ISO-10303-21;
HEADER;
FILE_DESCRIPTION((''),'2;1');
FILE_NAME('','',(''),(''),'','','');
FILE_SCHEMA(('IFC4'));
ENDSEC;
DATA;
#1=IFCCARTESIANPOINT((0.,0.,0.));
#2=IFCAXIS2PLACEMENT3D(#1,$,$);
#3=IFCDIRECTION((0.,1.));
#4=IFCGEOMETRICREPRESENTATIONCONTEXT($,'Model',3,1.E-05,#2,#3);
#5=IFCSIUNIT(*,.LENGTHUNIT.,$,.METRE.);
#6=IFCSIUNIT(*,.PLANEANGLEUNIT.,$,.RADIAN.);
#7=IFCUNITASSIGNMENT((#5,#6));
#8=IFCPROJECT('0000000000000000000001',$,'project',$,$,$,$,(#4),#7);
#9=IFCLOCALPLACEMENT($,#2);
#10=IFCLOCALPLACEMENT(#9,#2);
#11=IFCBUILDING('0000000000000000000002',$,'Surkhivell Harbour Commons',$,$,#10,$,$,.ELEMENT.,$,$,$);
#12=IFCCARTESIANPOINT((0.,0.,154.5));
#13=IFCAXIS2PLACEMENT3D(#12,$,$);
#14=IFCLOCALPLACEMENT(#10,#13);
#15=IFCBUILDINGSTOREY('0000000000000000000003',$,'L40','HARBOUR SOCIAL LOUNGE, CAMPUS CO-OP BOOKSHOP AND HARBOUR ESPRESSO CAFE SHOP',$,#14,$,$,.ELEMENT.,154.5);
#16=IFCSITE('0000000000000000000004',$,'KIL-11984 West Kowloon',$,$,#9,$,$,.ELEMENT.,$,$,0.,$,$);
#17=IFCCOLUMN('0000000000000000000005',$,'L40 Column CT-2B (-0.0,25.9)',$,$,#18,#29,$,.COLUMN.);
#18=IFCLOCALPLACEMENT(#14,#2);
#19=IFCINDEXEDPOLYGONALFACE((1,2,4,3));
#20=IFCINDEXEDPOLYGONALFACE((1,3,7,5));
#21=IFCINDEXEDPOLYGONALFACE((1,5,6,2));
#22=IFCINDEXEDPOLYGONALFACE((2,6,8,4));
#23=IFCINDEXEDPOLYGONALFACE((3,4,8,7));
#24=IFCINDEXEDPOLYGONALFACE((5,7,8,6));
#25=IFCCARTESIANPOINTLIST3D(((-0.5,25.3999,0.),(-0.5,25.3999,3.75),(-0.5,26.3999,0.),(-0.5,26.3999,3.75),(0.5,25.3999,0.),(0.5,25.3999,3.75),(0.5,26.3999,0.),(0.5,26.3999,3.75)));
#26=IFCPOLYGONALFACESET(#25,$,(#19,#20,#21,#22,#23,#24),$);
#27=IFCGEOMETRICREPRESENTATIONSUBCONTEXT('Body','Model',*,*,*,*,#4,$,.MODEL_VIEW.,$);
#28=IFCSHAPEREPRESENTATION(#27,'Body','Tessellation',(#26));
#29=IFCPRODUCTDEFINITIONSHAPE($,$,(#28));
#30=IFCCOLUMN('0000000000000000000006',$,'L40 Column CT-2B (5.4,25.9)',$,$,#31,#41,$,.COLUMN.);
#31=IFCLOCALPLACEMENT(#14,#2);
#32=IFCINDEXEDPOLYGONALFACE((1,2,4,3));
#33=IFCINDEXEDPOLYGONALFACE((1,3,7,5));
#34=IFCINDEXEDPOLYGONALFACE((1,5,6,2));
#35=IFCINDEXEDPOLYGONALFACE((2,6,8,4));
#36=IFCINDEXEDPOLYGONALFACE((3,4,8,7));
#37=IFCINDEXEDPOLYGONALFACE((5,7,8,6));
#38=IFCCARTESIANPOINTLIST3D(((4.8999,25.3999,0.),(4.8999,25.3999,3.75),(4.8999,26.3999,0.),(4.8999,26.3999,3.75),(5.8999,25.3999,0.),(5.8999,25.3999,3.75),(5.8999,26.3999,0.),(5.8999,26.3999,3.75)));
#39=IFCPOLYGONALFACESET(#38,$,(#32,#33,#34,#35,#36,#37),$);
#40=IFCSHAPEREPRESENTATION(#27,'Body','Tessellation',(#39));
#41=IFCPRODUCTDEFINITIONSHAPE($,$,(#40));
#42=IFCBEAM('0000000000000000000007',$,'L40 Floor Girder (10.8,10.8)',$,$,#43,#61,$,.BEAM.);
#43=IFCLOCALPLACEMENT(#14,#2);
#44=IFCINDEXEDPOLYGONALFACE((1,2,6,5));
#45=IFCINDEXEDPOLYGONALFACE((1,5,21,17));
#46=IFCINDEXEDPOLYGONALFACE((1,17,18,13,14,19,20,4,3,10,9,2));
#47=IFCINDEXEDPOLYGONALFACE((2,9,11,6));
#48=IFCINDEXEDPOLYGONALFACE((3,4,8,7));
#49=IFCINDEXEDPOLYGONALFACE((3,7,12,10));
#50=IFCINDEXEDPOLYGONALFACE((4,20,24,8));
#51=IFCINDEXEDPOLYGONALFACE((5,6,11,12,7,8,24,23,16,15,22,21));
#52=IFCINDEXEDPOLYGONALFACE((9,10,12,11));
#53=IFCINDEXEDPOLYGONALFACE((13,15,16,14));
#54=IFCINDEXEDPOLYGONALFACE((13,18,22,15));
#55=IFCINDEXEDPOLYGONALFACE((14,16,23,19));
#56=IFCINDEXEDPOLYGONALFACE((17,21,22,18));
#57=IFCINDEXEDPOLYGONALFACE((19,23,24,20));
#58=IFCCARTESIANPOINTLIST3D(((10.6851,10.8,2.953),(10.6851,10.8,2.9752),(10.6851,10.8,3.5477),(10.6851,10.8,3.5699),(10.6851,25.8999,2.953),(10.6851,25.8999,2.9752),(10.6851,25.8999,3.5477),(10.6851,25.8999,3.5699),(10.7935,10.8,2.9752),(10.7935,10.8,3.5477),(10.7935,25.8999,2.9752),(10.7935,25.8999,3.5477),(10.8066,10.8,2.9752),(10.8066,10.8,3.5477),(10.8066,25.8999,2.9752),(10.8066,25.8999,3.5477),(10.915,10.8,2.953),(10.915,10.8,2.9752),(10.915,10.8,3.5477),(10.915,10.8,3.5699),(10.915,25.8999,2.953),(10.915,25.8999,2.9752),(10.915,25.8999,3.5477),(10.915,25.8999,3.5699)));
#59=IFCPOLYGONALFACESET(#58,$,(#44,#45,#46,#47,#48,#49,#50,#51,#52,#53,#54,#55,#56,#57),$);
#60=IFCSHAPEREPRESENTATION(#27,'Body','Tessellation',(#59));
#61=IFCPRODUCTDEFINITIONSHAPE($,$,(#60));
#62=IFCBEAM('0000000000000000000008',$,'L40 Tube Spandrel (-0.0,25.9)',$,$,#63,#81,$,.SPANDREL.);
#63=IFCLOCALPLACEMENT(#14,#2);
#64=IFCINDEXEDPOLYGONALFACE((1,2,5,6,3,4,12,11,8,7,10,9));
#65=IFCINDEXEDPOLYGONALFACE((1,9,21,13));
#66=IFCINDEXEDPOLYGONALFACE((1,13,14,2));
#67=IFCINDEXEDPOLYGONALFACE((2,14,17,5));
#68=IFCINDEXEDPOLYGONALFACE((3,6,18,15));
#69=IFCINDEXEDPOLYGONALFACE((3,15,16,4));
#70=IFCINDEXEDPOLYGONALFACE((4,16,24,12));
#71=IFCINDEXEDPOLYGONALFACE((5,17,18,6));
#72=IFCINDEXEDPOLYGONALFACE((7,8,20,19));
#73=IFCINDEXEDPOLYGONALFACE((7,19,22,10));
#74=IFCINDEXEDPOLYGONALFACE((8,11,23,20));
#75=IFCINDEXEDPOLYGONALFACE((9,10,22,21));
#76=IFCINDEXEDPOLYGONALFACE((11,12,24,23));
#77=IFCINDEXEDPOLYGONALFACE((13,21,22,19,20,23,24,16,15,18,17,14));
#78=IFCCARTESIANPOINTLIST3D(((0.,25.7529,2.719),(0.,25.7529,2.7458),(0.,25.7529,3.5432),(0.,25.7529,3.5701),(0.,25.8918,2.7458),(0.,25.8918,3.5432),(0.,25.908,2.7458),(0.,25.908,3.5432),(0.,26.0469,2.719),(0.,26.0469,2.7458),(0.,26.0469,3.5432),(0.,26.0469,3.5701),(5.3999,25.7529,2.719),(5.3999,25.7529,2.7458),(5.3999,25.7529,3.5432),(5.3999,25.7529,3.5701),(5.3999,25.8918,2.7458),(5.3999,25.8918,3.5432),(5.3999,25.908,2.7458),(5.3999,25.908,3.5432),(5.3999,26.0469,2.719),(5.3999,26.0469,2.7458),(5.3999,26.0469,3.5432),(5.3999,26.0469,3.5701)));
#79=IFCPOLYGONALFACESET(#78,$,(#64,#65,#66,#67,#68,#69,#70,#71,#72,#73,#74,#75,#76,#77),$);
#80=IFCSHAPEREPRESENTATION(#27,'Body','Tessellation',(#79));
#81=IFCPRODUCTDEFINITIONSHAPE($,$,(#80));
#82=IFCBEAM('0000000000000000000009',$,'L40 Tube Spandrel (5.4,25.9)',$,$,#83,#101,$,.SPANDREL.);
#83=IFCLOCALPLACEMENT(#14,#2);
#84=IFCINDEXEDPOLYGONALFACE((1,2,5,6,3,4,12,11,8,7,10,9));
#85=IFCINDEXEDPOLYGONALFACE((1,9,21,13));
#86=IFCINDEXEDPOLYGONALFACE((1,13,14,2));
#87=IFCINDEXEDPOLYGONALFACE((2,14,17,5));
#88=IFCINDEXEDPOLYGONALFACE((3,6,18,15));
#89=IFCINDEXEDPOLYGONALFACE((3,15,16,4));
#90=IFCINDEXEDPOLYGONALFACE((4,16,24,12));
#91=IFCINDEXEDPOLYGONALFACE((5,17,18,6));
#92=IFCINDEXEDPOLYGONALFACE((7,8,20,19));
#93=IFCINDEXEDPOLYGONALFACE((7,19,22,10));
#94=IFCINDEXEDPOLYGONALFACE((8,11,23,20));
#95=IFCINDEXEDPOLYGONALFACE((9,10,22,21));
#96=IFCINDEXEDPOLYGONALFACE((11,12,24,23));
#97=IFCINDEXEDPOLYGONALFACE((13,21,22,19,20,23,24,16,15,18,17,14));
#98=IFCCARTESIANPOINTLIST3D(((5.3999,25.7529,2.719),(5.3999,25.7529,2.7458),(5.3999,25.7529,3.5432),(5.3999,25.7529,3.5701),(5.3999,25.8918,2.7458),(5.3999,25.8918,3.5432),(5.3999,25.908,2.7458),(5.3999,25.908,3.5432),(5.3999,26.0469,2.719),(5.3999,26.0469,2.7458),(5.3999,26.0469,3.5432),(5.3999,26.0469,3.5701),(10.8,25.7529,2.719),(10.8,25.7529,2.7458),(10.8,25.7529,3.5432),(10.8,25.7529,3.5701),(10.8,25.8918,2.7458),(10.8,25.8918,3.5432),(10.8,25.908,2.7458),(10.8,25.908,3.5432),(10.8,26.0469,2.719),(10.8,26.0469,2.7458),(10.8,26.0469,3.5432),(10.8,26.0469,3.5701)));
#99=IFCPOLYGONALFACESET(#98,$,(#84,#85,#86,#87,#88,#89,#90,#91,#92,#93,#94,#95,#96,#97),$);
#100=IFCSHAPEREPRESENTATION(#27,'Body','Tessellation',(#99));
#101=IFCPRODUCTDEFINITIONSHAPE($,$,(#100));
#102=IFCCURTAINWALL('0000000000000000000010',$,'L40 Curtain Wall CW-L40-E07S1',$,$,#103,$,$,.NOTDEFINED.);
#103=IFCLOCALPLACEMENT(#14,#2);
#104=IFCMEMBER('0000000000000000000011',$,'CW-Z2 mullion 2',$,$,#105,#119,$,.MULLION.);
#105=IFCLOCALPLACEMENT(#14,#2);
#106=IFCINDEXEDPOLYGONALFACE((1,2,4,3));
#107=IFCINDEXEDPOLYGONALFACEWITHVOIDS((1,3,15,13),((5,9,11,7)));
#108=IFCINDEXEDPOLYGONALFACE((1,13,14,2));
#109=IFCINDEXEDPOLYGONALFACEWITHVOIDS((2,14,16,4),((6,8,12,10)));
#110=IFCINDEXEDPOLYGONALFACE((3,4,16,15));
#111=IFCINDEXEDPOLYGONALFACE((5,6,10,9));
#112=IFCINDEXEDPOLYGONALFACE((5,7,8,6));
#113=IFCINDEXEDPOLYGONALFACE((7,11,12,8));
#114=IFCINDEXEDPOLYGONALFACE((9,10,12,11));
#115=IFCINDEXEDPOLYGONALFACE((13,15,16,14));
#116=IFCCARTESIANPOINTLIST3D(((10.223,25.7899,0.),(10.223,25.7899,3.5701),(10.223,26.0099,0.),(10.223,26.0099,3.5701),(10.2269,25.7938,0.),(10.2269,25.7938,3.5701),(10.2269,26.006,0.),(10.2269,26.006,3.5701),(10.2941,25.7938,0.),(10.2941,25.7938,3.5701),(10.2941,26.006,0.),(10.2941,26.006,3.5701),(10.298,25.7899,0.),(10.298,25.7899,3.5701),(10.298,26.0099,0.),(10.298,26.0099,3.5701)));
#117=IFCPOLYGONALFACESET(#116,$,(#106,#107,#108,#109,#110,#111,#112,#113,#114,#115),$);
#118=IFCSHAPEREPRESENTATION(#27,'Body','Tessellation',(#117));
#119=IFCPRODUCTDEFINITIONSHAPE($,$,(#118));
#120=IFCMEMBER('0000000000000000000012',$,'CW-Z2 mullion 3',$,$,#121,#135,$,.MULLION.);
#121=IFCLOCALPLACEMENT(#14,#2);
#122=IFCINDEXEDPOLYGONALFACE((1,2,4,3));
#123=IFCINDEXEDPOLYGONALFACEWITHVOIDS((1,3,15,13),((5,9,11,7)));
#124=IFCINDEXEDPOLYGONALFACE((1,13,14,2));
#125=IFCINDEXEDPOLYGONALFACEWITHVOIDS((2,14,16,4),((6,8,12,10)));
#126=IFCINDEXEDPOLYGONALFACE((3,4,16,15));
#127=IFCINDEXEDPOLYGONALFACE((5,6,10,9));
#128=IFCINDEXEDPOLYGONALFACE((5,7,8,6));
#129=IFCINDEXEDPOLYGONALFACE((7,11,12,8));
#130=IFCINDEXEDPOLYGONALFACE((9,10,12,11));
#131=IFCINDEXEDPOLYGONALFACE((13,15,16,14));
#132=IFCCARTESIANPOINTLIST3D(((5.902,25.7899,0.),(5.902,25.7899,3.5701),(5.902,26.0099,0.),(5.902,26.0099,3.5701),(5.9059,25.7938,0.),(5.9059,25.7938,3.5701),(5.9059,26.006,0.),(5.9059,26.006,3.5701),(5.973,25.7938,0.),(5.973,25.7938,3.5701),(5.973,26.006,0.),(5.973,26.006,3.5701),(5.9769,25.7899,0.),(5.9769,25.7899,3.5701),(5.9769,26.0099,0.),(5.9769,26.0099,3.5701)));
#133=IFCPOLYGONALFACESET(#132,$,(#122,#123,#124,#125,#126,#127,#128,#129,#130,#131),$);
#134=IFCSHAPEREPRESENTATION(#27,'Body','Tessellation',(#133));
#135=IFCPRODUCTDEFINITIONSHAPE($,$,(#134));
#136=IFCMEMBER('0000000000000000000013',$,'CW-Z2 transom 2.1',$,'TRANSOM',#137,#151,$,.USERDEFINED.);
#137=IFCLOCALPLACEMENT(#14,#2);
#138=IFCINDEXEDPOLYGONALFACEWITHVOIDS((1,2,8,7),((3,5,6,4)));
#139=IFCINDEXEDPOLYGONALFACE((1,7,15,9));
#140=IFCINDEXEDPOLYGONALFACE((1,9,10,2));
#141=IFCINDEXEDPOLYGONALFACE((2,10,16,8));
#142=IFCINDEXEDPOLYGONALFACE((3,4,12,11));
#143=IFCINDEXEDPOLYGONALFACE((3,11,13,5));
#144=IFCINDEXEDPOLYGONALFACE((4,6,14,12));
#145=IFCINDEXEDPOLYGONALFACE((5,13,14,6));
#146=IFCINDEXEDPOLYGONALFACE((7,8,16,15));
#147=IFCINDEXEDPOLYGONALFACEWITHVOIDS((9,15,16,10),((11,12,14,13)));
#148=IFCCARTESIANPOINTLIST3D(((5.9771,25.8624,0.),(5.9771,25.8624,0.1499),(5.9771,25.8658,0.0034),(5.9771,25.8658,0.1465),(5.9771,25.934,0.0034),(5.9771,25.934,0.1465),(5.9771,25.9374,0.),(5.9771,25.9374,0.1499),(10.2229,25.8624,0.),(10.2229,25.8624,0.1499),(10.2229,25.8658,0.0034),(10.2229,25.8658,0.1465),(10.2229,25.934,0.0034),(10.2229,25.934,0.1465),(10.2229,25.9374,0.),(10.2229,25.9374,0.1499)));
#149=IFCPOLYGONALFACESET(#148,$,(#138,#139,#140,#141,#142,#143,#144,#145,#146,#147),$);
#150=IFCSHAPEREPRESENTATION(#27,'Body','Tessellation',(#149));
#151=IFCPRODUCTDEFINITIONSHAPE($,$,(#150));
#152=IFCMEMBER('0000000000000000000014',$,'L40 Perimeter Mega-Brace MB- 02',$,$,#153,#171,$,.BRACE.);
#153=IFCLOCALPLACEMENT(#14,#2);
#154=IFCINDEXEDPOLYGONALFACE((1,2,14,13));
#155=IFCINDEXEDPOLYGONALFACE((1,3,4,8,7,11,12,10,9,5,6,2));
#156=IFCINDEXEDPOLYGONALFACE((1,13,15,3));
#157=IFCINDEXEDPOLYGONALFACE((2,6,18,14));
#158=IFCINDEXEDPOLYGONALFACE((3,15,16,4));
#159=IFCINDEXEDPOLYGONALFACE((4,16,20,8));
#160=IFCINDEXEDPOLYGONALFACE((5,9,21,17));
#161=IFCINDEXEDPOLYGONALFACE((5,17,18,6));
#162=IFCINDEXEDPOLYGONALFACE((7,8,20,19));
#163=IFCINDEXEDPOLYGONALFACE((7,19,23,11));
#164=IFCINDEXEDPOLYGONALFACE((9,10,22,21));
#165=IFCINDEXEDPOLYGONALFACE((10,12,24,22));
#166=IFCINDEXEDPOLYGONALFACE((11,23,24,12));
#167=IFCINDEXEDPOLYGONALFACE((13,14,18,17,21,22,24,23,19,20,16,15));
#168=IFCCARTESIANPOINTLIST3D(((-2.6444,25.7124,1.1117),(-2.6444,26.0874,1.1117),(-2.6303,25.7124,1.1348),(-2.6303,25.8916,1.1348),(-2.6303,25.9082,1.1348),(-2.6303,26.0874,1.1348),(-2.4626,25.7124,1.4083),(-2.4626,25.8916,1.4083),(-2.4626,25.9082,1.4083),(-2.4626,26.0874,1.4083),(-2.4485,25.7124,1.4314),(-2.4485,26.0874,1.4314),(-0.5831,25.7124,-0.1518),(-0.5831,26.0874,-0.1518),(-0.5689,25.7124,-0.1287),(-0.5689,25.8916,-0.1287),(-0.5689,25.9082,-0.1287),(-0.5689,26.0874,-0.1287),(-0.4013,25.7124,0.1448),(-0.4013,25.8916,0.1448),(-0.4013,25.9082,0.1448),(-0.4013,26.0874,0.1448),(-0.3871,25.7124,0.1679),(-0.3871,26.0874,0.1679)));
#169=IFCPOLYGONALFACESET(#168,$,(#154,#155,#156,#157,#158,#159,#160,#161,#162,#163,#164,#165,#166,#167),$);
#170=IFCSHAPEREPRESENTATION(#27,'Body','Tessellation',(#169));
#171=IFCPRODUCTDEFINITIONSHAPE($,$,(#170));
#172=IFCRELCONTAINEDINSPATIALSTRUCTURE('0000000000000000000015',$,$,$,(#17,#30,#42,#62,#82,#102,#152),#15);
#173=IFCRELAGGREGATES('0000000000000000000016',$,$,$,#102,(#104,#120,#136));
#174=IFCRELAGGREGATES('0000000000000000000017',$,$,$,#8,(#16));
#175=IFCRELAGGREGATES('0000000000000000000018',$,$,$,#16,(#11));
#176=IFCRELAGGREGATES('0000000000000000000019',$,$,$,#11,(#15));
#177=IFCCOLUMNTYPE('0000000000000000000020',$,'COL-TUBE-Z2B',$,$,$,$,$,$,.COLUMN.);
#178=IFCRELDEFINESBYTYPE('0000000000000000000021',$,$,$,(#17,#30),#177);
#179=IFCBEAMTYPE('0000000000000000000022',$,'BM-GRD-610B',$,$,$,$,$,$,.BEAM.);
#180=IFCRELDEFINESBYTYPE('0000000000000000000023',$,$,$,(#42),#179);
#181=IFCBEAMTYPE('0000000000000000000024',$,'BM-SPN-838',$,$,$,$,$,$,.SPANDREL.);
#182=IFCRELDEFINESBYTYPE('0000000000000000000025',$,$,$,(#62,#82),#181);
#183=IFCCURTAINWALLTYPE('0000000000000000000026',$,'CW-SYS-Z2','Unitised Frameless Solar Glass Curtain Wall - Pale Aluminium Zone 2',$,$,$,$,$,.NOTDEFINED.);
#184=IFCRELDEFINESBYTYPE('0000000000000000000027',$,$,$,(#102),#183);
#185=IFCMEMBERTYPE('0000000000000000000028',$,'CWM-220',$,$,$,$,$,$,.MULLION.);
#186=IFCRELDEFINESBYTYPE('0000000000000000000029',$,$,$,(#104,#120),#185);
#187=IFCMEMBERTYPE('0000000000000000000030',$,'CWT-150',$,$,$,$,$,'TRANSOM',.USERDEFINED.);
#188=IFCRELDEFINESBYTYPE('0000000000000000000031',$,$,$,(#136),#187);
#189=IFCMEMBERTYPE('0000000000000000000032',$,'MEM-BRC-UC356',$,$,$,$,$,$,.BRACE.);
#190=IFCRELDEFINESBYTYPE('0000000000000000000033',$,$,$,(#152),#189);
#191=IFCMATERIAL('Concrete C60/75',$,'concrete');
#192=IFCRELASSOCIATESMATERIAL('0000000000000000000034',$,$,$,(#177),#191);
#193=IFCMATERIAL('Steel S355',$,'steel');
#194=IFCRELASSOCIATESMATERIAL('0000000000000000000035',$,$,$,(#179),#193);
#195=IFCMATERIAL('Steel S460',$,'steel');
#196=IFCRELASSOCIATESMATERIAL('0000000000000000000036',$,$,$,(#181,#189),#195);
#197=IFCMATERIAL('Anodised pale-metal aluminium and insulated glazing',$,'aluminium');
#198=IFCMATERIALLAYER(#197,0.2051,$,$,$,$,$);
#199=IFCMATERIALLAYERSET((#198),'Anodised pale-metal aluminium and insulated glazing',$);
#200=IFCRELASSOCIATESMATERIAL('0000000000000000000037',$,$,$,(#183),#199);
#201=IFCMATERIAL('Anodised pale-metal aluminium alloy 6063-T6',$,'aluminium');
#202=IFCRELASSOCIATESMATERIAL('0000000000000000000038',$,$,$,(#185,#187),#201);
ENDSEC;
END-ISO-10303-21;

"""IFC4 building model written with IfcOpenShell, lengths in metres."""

from ifc_helpers import new_model, si_unit, direction, frame, origin, origin_2d, place, context, subcontext, project, spatial, rectangle, hollow_rectangle, i_section, extrude, material, layer, layer_set, material_profile, profile_set, type_object, element, aggregate, save


model = new_model("IFC4")

# Units and contexts
model_context = context("Model", 3, precision=1e-05, world=origin(), true_north=direction((0.0, 1.0)))
body_context = subcontext(model_context, "Body", "Model", "MODEL_VIEW")
ifc_project = project(units=[si_unit("LENGTHUNIT", "METRE"), si_unit("PLANEANGLEUNIT", "RADIAN")], contexts=[model_context])

# Site, building, storey
site_placement = place(None, origin())
site = spatial("IfcSite", under=ifc_project, at=site_placement, Name="KIL-11984 West Kowloon", CompositionType="ELEMENT", RefElevation=0.0)
building_placement = place(site_placement, origin())
building = spatial("IfcBuilding", under=site, at=building_placement, Name="Surkhivell Harbour Commons", CompositionType="ELEMENT")
storey_placement = place(building_placement, frame((0.0, 0.0, 154.5)))
storey = spatial("IfcBuildingStorey", under=building, at=storey_placement, Name="L40", Description="HARBOUR SOCIAL LOUNGE, CAMPUS CO-OP BOOKSHOP AND HARBOUR ESPRESSO CAFE SHOP", CompositionType="ELEMENT", Elevation=154.5)

# Columns
ifc_material_1 = material(Name="Concrete C60/75", Category="concrete")
ifc_material_profile_1 = material_profile(ifc_material_1, rectangle(XDim=1.0, YDim=1.0, at=origin_2d()), Name="RC-COL-1000x1000")
ifc_profile_set_1 = profile_set([ifc_material_profile_1], Name="Concrete C60/75")
column_type = type_object("IfcColumnType", Name="COL-TUBE-Z2B", PredefinedType="COLUMN", material=ifc_profile_set_1)
for number, where, z_axis, x_axis, name in (
    (1, (0.0, 25.8999, 0.0), (0.0, 0.0, 1.0), (1.0, 0.0, 0.0), "L40 Column CT-2B (-0.0,25.9)"),
    (2, (5.3999, 25.8999, 0.0), (0.0, 0.0, 1.0), (1.0, 0.0, 0.0), "L40 Column CT-2B (5.4,25.9)"),
):
    element("IfcColumn", number, at=place(storey_placement, frame(where, z_axis=z_axis, x_axis=x_axis)), inside=storey, type_object=column_type, Name=name, PredefinedType="COLUMN", context=body_context, shape_type="SweptSolid", body=[
        extrude(rectangle(XDim=1.0, YDim=1.0, at=origin_2d()), origin(), (0.0, 0.0, 1.0), 3.75),
    ])

# Beams
ifc_material_2 = material(Name="Steel S355", Category="steel")
ifc_material_profile_2 = material_profile(ifc_material_2, i_section(OverallWidth=0.23, OverallDepth=0.6169, WebThickness=0.0132, FlangeThickness=0.0222, at=origin_2d()), Name="UB610x229x140")
ifc_profile_set_2 = profile_set([ifc_material_profile_2], Name="Steel S355")
beam_type_1 = type_object("IfcBeamType", Name="BM-GRD-610B", PredefinedType="BEAM", material=ifc_profile_set_2)
beam_1_placement = place(storey_placement, frame((10.8, 10.8, 3.2615), z_axis=(0.0, 1.0, 0.0), x_axis=(-1.0, 0.0, 0.0)))
element("IfcBeam", 3, at=beam_1_placement, inside=storey, type_object=beam_type_1, Name="L40 Floor Girder (10.8,10.8)", PredefinedType="BEAM", context=body_context, shape_type="SweptSolid", body=[
    extrude(i_section(OverallWidth=0.23, OverallDepth=0.6169, WebThickness=0.0132, FlangeThickness=0.0222, at=origin_2d()), origin(), (0.0, 0.0, 1.0), 15.0999),
])
ifc_material_3 = material(Name="Steel S460", Category="steel")
ifc_material_profile_3 = material_profile(ifc_material_3, i_section(OverallWidth=0.2939, OverallDepth=0.8511, WebThickness=0.0161, FlangeThickness=0.0269, at=origin_2d()), Name="UB838x292x226")
ifc_profile_set_3 = profile_set([ifc_material_profile_3], Name="Steel S460")
beam_type_2 = type_object("IfcBeamType", Name="BM-SPN-838", PredefinedType="SPANDREL", material=ifc_profile_set_3)
beam_2_placement = place(storey_placement, frame((0.0, 25.8999, 3.1445), z_axis=(1.0, 0.0, 0.0), x_axis=(0.0, 1.0, 0.0)))
element("IfcBeam", 4, at=beam_2_placement, inside=storey, type_object=beam_type_2, Name="L40 Tube Spandrel (-0.0,25.9)", PredefinedType="SPANDREL", context=body_context, shape_type="SweptSolid", body=[
    extrude(i_section(OverallWidth=0.2939, OverallDepth=0.8511, WebThickness=0.0161, FlangeThickness=0.0269, at=origin_2d()), origin(), (0.0, 0.0, 1.0), 5.3999),
])
beam_3_placement = place(storey_placement, frame((5.3999, 25.8999, 3.1445), z_axis=(1.0, 0.0, 0.0), x_axis=(0.0, 1.0, 0.0)))
element("IfcBeam", 5, at=beam_3_placement, inside=storey, type_object=beam_type_2, Name="L40 Tube Spandrel (5.4,25.9)", PredefinedType="SPANDREL", context=body_context, shape_type="SweptSolid", body=[
    extrude(i_section(OverallWidth=0.2939, OverallDepth=0.8511, WebThickness=0.0161, FlangeThickness=0.0269, at=origin_2d()), origin(), (0.0, 0.0, 1.0), 5.4001),
])

# Curtain wall, members
ifc_material_4 = material(Name="Anodised pale-metal aluminium and insulated glazing", Category="aluminium")
ifc_layer_1 = layer(ifc_material_4, 0.2051)
ifc_layer_set_1 = layer_set([ifc_layer_1], Name="Anodised pale-metal aluminium and insulated glazing")
curtain_wall_type = type_object("IfcCurtainWallType", Name="CW-SYS-Z2", Description="Unitised Frameless Solar Glass Curtain Wall - Pale Aluminium Zone 2", PredefinedType="NOTDEFINED", material=ifc_layer_set_1)
curtain_wall_placement = place(storey_placement, origin())
curtain_wall = element("IfcCurtainWall", 6, at=curtain_wall_placement, inside=storey, type_object=curtain_wall_type, Name="L40 Curtain Wall CW-L40-E07S1", PredefinedType="NOTDEFINED")
ifc_material_5 = material(Name="Anodised pale-metal aluminium alloy 6063-T6", Category="aluminium")
ifc_material_profile_4 = material_profile(ifc_material_5, hollow_rectangle(XDim=0.075, YDim=0.22, WallThickness=0.0039, at=origin_2d()), Name="ALU-MULL-75x220")
ifc_profile_set_4 = profile_set([ifc_material_profile_4], Name="Anodised pale-metal aluminium alloy 6063-T6")
member_type_1 = type_object("IfcMemberType", Name="CWM-220", PredefinedType="MULLION", material=ifc_profile_set_4)
member_1_placement = place(storey_placement, frame((10.2605, 25.8999, 0.0), z_axis=(0.0, 0.0, 1.0), x_axis=(-1.0, 0.0, 0.0)))
member_1 = element("IfcMember", 7, at=member_1_placement, type_object=member_type_1, Name="CW-Z2 mullion 2", PredefinedType="MULLION", context=body_context, shape_type="SweptSolid", body=[
    extrude(hollow_rectangle(XDim=0.075, YDim=0.22, WallThickness=0.0039, at=origin_2d()), origin(), (0.0, 0.0, 1.0), 3.5701),
])
member_2_placement = place(storey_placement, frame((5.9395, 25.8999, 0.0), z_axis=(0.0, 0.0, 1.0), x_axis=(-1.0, 0.0, 0.0)))
member_2 = element("IfcMember", 8, at=member_2_placement, type_object=member_type_1, Name="CW-Z2 mullion 3", PredefinedType="MULLION", context=body_context, shape_type="SweptSolid", body=[
    extrude(hollow_rectangle(XDim=0.075, YDim=0.22, WallThickness=0.0039, at=origin_2d()), origin(), (0.0, 0.0, 1.0), 3.5701),
])
ifc_material_profile_5 = material_profile(ifc_material_5, hollow_rectangle(XDim=0.075, YDim=0.1499, WallThickness=0.0034, at=origin_2d()), Name="ALU-TRAN-75x150")
ifc_profile_set_5 = profile_set([ifc_material_profile_5], Name="Anodised pale-metal aluminium alloy 6063-T6")
member_type_2 = type_object("IfcMemberType", Name="CWT-150", ElementType="TRANSOM", PredefinedType="USERDEFINED", material=ifc_profile_set_5)
member_3_placement = place(storey_placement, frame((10.2229, 25.8999, 0.075), z_axis=(-1.0, 0.0, 0.0), x_axis=(0.0, -1.0, 0.0)))
member_3 = element("IfcMember", 9, at=member_3_placement, type_object=member_type_2, Name="CW-Z2 transom 2.1", ObjectType="TRANSOM", PredefinedType="USERDEFINED", context=body_context, shape_type="SweptSolid", body=[
    extrude(hollow_rectangle(XDim=0.075, YDim=0.1499, WallThickness=0.0034, at=origin_2d()), origin(), (0.0, 0.0, 1.0), 4.2458),
])

# Member
ifc_material_profile_6 = material_profile(ifc_material_3, i_section(OverallWidth=0.375, OverallDepth=0.375, WebThickness=0.0166, FlangeThickness=0.0271, at=origin_2d()), Name="UC356x368x202")
ifc_profile_set_6 = profile_set([ifc_material_profile_6], Name="Steel S460")
member_type_3 = type_object("IfcMemberType", Name="MEM-BRC-UC356", PredefinedType="BRACE", material=ifc_profile_set_6)
for number, where, z_axis, x_axis, name in (
    (10, (-0.4851, 25.8999, 0.0081), (-0.85259, 0.0, 0.522581), (0.0, -1.0, 0.0), "L40 Perimeter Mega-Brace MB- 02"),
):
    element("IfcMember", number, at=place(storey_placement, frame(where, z_axis=z_axis, x_axis=x_axis)), inside=storey, type_object=member_type_3, Name=name, PredefinedType="BRACE", context=body_context, shape_type="SweptSolid", body=[
        extrude(i_section(OverallWidth=0.375, OverallDepth=0.375, WebThickness=0.0166, FlangeThickness=0.0271, at=origin_2d()), origin(), (0.0, 0.0, 1.0), 2.4177),
    ])

aggregate(curtain_wall, [member_1, member_2, member_3])

save(model, "model.ifc")
